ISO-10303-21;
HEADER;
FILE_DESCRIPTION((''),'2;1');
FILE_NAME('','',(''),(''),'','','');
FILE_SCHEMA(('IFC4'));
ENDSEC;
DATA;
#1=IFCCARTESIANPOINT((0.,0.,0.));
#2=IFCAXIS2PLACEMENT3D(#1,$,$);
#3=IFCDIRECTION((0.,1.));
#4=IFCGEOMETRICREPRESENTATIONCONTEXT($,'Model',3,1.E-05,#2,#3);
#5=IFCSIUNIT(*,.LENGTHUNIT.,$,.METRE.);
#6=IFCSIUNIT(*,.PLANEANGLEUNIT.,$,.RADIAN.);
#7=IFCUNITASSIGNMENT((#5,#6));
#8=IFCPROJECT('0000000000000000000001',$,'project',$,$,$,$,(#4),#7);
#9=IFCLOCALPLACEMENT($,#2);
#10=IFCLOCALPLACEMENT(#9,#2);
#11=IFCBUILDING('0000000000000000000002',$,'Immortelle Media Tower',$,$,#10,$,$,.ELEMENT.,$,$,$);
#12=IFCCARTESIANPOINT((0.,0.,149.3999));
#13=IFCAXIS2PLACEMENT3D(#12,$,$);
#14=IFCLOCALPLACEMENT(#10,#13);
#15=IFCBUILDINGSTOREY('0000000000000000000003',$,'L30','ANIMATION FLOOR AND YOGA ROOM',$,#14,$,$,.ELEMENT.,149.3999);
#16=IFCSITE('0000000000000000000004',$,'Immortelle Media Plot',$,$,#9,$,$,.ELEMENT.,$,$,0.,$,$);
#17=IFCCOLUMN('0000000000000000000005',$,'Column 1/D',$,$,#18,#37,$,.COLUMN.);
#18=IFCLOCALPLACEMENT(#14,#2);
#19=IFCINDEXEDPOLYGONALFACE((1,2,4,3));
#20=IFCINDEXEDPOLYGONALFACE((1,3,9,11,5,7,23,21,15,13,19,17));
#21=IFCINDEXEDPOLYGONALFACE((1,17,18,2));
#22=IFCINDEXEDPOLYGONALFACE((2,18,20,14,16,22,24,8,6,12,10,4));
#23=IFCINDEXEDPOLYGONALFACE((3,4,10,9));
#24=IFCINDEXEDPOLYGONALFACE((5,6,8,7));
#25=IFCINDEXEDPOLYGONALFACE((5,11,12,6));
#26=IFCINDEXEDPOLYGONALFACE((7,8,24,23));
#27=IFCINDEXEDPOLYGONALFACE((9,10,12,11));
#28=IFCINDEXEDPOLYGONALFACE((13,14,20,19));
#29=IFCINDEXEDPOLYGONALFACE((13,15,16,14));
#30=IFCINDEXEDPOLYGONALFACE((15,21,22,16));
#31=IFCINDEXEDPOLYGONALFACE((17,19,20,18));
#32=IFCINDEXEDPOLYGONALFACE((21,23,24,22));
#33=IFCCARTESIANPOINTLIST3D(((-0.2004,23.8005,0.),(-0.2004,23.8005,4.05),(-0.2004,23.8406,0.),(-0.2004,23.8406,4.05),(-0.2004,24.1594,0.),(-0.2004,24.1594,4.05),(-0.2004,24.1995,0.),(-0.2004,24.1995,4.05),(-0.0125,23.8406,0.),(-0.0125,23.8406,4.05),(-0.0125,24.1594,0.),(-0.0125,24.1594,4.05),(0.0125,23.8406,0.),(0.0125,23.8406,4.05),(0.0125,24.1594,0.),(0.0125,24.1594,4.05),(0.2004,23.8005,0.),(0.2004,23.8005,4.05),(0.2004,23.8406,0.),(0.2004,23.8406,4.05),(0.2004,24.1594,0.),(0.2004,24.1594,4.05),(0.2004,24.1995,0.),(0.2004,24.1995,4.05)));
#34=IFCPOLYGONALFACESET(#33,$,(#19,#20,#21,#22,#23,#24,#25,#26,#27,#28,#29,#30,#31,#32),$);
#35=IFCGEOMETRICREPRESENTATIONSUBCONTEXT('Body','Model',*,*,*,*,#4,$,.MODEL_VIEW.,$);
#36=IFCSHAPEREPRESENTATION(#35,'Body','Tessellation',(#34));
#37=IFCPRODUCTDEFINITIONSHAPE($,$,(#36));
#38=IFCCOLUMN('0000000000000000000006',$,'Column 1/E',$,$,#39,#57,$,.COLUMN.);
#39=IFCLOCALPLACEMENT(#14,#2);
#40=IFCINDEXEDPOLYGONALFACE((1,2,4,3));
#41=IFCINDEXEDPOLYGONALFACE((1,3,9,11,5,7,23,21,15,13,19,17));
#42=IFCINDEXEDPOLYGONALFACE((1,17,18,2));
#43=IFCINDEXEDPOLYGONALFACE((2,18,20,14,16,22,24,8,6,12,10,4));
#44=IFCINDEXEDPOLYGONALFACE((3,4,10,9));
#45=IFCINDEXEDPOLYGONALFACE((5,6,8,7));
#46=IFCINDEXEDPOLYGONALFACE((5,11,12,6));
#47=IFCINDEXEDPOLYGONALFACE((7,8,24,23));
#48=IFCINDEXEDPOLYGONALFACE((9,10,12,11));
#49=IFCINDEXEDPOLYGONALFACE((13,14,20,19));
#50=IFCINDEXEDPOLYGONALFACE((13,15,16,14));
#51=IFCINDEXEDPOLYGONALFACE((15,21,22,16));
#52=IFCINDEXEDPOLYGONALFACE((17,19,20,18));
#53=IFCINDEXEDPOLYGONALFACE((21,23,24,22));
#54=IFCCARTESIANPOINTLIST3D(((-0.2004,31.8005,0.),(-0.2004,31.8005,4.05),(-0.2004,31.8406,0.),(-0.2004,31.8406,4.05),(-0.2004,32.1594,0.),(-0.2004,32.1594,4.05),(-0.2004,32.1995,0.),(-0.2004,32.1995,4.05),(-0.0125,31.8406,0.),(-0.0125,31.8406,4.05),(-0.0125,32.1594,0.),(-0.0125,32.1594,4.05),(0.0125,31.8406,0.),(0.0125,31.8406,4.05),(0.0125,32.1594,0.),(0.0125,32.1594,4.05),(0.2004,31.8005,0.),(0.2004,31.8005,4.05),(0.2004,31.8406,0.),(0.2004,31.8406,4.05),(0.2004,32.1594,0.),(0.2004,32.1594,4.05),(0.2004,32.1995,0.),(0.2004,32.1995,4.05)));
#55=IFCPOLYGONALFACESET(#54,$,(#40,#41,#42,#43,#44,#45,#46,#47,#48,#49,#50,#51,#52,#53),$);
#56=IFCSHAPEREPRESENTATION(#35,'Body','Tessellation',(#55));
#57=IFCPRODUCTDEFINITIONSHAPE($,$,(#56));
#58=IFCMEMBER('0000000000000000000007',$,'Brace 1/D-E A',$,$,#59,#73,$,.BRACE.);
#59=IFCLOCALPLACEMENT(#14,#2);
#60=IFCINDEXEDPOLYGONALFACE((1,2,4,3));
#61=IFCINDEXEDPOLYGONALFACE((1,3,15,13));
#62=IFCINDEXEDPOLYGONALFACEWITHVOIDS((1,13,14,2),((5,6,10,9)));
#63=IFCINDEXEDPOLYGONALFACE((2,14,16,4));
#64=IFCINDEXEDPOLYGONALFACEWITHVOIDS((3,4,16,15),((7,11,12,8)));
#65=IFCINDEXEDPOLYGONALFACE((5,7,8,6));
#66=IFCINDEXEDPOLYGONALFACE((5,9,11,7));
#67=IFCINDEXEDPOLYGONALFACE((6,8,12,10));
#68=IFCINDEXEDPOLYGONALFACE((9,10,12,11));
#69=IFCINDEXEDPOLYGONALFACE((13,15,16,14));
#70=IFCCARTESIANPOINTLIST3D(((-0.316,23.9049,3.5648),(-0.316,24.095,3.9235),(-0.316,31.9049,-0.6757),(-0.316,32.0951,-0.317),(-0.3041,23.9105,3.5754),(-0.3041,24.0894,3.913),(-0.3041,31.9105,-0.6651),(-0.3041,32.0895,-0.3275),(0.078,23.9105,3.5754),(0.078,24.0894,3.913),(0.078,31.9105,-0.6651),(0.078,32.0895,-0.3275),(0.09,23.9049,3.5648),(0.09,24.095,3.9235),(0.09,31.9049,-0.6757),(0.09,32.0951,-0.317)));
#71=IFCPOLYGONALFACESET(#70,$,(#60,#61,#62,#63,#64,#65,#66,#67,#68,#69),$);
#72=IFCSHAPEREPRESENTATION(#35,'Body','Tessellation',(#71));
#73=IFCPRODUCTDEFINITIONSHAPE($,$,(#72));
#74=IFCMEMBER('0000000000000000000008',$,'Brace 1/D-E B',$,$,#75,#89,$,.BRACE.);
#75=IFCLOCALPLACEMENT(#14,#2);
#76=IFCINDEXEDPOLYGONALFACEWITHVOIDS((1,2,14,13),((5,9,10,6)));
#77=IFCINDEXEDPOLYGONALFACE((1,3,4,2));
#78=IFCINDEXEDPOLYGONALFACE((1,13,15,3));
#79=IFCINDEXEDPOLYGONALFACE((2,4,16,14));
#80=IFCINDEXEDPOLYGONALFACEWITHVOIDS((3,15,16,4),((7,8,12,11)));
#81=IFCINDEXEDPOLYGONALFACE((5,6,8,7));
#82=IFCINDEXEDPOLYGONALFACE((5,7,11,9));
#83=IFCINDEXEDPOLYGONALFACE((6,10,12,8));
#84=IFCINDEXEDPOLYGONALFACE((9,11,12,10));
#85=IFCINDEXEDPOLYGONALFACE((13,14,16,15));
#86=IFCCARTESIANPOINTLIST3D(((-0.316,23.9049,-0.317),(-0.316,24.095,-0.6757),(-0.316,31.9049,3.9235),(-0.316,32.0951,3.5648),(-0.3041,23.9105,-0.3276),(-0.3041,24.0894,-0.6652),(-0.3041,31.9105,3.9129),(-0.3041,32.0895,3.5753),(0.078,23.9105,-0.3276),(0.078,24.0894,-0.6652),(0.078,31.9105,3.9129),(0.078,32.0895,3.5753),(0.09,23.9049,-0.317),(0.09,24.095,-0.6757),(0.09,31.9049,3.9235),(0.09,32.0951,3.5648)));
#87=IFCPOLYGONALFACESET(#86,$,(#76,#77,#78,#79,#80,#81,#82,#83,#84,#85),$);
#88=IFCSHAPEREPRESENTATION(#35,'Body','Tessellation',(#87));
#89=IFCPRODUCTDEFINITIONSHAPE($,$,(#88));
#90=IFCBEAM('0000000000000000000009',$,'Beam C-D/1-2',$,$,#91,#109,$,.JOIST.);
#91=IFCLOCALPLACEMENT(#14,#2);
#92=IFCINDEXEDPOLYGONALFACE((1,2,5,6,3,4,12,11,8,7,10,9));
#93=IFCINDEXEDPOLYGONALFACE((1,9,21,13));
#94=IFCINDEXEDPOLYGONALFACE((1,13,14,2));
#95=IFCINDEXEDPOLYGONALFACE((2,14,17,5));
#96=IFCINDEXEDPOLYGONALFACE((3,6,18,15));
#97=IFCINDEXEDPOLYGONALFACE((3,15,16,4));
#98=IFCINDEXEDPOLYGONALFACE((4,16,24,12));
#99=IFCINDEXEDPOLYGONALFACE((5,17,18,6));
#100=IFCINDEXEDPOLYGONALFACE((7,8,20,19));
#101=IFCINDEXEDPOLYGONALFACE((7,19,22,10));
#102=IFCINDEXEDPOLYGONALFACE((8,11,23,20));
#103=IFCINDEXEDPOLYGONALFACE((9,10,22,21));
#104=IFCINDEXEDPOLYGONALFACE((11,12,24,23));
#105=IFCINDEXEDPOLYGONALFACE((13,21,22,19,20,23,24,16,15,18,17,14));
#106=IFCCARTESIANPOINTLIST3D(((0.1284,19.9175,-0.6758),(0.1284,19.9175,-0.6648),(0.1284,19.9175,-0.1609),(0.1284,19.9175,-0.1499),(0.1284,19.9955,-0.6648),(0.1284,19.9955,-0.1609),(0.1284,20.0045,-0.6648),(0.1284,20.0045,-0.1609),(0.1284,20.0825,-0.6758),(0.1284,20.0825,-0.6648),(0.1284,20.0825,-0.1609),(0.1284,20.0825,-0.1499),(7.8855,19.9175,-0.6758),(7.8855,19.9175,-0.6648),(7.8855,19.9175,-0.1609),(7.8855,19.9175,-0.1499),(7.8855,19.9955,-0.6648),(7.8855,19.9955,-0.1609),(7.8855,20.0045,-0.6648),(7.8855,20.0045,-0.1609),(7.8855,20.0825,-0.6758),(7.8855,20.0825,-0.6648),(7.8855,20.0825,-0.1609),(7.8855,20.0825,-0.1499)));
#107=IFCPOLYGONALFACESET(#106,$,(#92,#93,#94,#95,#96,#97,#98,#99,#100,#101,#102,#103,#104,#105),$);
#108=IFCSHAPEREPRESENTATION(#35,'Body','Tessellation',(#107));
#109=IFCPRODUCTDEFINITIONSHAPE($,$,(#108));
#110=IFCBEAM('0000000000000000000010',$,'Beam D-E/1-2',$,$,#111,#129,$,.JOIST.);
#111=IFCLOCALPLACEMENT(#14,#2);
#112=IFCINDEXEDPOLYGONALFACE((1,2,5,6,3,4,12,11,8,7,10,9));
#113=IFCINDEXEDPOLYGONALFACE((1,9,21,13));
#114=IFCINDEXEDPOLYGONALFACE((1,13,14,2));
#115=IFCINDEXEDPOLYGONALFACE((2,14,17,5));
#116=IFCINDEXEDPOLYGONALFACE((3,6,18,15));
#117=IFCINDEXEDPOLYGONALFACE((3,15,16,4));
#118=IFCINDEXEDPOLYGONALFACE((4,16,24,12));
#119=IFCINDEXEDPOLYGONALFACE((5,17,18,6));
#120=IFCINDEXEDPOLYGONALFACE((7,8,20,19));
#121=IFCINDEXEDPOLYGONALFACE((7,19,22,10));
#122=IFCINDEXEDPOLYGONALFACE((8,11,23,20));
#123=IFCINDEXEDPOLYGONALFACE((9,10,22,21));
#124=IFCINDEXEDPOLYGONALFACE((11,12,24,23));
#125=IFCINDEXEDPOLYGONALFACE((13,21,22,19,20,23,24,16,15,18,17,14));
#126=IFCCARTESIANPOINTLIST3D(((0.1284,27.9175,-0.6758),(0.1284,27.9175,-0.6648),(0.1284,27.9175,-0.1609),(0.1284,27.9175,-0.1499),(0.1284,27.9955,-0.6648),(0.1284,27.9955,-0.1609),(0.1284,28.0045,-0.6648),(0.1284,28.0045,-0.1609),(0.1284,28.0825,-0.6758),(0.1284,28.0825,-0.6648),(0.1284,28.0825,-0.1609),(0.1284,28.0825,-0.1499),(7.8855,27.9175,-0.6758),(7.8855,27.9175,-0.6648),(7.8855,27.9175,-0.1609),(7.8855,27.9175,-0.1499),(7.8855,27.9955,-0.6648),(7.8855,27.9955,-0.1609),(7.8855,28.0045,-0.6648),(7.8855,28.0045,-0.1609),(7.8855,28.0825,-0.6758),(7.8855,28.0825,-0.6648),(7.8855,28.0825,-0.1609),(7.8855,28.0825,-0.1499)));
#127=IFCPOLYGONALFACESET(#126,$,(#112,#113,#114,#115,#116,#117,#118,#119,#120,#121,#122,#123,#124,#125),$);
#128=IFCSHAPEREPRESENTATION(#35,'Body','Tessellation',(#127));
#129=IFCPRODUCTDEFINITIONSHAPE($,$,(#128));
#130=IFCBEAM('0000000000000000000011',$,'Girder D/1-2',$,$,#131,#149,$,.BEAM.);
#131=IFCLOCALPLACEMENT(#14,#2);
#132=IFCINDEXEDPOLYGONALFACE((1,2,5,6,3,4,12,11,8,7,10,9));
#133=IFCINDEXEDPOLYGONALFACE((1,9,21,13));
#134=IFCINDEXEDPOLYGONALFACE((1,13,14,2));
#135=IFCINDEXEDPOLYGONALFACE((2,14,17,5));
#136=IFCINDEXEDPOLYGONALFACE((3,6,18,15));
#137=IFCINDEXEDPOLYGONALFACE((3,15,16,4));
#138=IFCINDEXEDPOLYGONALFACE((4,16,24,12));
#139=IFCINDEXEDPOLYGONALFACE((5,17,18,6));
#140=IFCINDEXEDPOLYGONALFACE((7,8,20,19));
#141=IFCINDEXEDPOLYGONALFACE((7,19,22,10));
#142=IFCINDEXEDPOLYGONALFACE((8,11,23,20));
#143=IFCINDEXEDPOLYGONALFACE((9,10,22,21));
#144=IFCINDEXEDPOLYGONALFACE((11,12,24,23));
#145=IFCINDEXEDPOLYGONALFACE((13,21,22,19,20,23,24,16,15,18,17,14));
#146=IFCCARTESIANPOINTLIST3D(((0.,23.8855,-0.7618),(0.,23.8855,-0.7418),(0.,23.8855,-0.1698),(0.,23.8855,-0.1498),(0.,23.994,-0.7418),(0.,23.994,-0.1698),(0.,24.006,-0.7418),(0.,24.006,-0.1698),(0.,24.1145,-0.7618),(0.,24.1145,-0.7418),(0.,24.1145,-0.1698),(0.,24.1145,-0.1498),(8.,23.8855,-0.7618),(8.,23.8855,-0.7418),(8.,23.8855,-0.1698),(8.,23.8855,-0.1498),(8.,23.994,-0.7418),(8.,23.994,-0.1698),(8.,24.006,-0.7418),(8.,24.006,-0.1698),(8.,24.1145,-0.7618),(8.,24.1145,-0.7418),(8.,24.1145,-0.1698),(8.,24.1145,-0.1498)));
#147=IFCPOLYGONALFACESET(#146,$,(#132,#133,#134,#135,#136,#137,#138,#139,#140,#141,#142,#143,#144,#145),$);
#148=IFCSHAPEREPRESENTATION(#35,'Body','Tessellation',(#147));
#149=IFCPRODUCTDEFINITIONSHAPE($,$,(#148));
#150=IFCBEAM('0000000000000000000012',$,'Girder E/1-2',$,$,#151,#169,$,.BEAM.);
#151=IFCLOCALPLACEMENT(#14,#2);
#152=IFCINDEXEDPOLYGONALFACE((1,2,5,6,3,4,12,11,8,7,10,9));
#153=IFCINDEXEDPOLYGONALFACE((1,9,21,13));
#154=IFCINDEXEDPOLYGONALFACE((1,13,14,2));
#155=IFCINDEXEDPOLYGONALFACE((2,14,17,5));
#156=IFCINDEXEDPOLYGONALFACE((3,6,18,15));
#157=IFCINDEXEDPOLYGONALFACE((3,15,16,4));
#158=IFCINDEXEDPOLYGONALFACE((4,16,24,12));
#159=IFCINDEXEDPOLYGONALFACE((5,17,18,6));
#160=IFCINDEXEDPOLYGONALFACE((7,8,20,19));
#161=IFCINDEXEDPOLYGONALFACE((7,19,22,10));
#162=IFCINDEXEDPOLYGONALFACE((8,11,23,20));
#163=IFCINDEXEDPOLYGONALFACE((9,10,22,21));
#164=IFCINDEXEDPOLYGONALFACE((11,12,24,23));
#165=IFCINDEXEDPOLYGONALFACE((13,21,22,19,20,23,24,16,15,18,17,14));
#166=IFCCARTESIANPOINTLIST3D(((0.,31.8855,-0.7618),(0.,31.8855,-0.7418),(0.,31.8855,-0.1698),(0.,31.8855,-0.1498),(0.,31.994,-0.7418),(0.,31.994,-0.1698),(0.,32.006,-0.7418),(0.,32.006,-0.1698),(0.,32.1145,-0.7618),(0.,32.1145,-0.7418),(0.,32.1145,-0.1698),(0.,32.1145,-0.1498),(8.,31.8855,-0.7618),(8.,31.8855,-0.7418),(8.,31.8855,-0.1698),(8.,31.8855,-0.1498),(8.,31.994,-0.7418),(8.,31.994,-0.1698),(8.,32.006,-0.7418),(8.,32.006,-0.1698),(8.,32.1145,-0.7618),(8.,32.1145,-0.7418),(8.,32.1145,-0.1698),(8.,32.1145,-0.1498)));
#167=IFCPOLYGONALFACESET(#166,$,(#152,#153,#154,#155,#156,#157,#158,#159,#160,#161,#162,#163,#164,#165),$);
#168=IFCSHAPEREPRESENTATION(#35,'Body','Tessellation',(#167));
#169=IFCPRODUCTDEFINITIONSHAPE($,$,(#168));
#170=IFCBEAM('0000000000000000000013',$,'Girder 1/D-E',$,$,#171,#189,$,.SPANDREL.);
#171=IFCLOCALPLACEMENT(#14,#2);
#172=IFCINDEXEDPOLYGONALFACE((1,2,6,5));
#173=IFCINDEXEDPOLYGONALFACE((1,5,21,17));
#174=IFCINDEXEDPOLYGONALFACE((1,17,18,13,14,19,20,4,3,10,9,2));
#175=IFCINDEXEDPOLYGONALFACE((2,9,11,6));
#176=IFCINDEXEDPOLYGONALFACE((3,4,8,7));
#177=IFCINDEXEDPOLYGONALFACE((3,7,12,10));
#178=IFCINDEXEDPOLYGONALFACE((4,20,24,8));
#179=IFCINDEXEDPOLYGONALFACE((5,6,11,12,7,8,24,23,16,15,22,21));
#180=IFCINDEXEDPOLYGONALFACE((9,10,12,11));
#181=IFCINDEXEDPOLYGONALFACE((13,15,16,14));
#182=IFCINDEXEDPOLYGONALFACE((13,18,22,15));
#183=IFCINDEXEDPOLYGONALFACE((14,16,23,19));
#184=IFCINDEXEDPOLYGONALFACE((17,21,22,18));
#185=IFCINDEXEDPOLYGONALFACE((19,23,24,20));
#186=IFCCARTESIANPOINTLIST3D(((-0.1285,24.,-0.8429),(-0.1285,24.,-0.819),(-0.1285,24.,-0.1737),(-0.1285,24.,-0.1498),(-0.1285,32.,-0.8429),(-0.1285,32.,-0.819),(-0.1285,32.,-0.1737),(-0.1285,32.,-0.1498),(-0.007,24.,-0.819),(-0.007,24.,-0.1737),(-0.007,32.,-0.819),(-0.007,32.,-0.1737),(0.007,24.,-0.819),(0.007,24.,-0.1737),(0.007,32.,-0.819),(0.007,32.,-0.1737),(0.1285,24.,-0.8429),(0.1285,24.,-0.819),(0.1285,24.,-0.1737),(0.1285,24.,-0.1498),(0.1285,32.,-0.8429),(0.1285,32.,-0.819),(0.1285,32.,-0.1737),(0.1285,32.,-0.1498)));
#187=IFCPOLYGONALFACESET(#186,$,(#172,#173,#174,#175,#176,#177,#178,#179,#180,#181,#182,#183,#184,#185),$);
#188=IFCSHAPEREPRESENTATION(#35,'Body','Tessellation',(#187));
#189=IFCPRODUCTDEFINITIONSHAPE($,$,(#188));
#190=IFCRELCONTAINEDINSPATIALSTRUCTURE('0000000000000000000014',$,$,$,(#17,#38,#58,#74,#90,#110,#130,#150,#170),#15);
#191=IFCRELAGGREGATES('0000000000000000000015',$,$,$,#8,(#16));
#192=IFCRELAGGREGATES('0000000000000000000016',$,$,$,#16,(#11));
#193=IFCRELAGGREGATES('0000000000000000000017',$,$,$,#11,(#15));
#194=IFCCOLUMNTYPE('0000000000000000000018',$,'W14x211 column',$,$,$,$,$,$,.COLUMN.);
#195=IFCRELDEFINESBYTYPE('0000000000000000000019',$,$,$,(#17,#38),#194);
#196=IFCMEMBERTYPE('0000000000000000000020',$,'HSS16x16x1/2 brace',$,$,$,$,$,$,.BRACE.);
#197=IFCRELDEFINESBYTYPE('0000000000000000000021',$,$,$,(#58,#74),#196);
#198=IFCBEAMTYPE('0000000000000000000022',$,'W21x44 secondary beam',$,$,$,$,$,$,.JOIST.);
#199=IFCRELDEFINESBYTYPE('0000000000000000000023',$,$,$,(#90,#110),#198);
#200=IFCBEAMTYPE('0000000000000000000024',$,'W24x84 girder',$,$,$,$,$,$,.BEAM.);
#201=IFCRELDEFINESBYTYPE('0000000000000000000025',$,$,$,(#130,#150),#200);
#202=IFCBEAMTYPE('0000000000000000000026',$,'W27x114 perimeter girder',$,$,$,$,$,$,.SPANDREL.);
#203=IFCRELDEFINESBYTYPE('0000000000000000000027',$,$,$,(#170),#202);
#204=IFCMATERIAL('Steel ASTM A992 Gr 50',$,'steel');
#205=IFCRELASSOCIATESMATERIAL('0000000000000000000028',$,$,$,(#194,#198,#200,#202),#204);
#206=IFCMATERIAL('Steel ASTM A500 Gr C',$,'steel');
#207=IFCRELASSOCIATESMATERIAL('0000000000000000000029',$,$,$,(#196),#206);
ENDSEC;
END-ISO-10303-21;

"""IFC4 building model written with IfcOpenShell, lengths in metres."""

from ifc_helpers import new_model, si_unit, direction, frame, origin, origin_2d, place, context, subcontext, project, spatial, hollow_rectangle, i_section, extrude, material, material_profile, profile_set, type_object, element, save


model = new_model("IFC4")

# Units and contexts
model_context = context("Model", 3, precision=1e-05, world=origin(), true_north=direction((0.0, 1.0)))
body_context = subcontext(model_context, "Body", "Model", "MODEL_VIEW")
ifc_project = project(units=[si_unit("LENGTHUNIT", "METRE"), si_unit("PLANEANGLEUNIT", "RADIAN")], contexts=[model_context])

# Site, building, storey
site_placement = place(None, origin())
site = spatial("IfcSite", under=ifc_project, at=site_placement, Name="Immortelle Media Plot", CompositionType="ELEMENT", RefElevation=0.0)
building_placement = place(site_placement, origin())
building = spatial("IfcBuilding", under=site, at=building_placement, Name="Immortelle Media Tower", CompositionType="ELEMENT")
storey_placement = place(building_placement, frame((0.0, 0.0, 149.3999)))
storey = spatial("IfcBuildingStorey", under=building, at=storey_placement, Name="L30", Description="ANIMATION FLOOR AND YOGA ROOM", CompositionType="ELEMENT", Elevation=149.3999)

# Columns
ifc_material_1 = material(Name="Steel ASTM A992 Gr 50", Category="steel")
ifc_material_profile_1 = material_profile(ifc_material_1, i_section(OverallWidth=0.4009, OverallDepth=0.3989, WebThickness=0.0249, FlangeThickness=0.04, at=origin_2d()), Name="W14x211")
ifc_profile_set_1 = profile_set([ifc_material_profile_1], Name="Steel ASTM A992 Gr 50")
column_type = type_object("IfcColumnType", Name="W14x211 column", PredefinedType="COLUMN", material=ifc_profile_set_1)
for number, where, z_axis, x_axis, name in (
    (1, (0.0, 24.0, 0.0), (0.0, 0.0, 1.0), (1.0, 0.0, 0.0), "Column 1/D"),
    (2, (0.0, 32.0, 0.0), (0.0, 0.0, 1.0), (1.0, 0.0, 0.0), "Column 1/E"),
):
    element("IfcColumn", number, at=place(storey_placement, frame(where, z_axis=z_axis, x_axis=x_axis)), inside=storey, type_object=column_type, Name=name, PredefinedType="COLUMN", context=body_context, shape_type="SweptSolid", body=[
        extrude(i_section(OverallWidth=0.4009, OverallDepth=0.3989, WebThickness=0.0249, FlangeThickness=0.04, at=origin_2d()), origin(), (0.0, 0.0, 1.0), 4.05),
    ])

# Members
ifc_material_2 = material(Name="Steel ASTM A500 Gr C", Category="steel")
ifc_material_profile_2 = material_profile(ifc_material_2, hollow_rectangle(XDim=0.406, YDim=0.406, WallThickness=0.012, at=origin_2d()), Name="HSS16x16x1/2 brace")
ifc_profile_set_2 = profile_set([ifc_material_profile_2], Name="Steel ASTM A500 Gr C")
member_type = type_object("IfcMemberType", Name="HSS16x16x1/2 brace", PredefinedType="BRACE", material=ifc_profile_set_2)
for number, where, z_axis, x_axis, name in (
    (3, (-0.113, 32.0, -0.4963), (0.0, -0.883551, 0.468335), (1.0, 0.0, 0.0), "Brace 1/D-E A"),
    (4, (-0.113, 32.0, 3.7441), (0.0, -0.883551, -0.468335), (1.0, 0.0, 0.0), "Brace 1/D-E B"),
):
    element("IfcMember", number, at=place(storey_placement, frame(where, z_axis=z_axis, x_axis=x_axis)), inside=storey, type_object=member_type, Name=name, PredefinedType="BRACE", context=body_context, shape_type="SweptSolid", body=[
        extrude(hollow_rectangle(XDim=0.406, YDim=0.406, WallThickness=0.012, at=origin_2d()), origin(), (0.0, 0.0, 1.0), 9.0544),
    ])

# Beams
ifc_material_profile_3 = material_profile(ifc_material_1, i_section(OverallWidth=0.165, OverallDepth=0.5259, WebThickness=0.009, FlangeThickness=0.011, at=origin_2d()), Name="W21x44")
ifc_profile_set_3 = profile_set([ifc_material_profile_3], Name="Steel ASTM A992 Gr 50")
beam_type_1 = type_object("IfcBeamType", Name="W21x44 secondary beam", PredefinedType="JOIST", material=ifc_profile_set_3)
for number, where, z_axis, x_axis, name in (
    (5, (0.1284, 20.0, -0.4128), (1.0, 0.0, 0.0), (0.0, 1.0, 0.0), "Beam C-D/1-2"),
    (6, (0.1284, 28.0, -0.4128), (1.0, 0.0, 0.0), (0.0, 1.0, 0.0), "Beam D-E/1-2"),
):
    element("IfcBeam", number, at=place(storey_placement, frame(where, z_axis=z_axis, x_axis=x_axis)), inside=storey, type_object=beam_type_1, Name=name, PredefinedType="JOIST", context=body_context, shape_type="SweptSolid", body=[
        extrude(i_section(OverallWidth=0.165, OverallDepth=0.5259, WebThickness=0.009, FlangeThickness=0.011, at=origin_2d()), origin(), (0.0, 0.0, 1.0), 7.7571),
    ])
ifc_material_profile_4 = material_profile(ifc_material_1, i_section(OverallWidth=0.229, OverallDepth=0.6121, WebThickness=0.012, FlangeThickness=0.02, at=origin_2d()), Name="W24x84")
ifc_profile_set_4 = profile_set([ifc_material_profile_4], Name="Steel ASTM A992 Gr 50")
beam_type_2 = type_object("IfcBeamType", Name="W24x84 girder", PredefinedType="BEAM", material=ifc_profile_set_4)
for number, where, z_axis, x_axis, name in (
    (7, (0.0, 24.0, -0.4558), (1.0, 0.0, 0.0), (0.0, 1.0, 0.0), "Girder D/1-2"),
    (8, (0.0, 32.0, -0.4558), (1.0, 0.0, 0.0), (0.0, 1.0, 0.0), "Girder E/1-2"),
):
    element("IfcBeam", number, at=place(storey_placement, frame(where, z_axis=z_axis, x_axis=x_axis)), inside=storey, type_object=beam_type_2, Name=name, PredefinedType="BEAM", context=body_context, shape_type="SweptSolid", body=[
        extrude(i_section(OverallWidth=0.229, OverallDepth=0.6121, WebThickness=0.012, FlangeThickness=0.02, at=origin_2d()), origin(), (0.0, 0.0, 1.0), 8.0),
    ])
ifc_material_profile_5 = material_profile(ifc_material_1, i_section(OverallWidth=0.2571, OverallDepth=0.6931, WebThickness=0.0139, FlangeThickness=0.0239, at=origin_2d()), Name="W27x114")
ifc_profile_set_5 = profile_set([ifc_material_profile_5], Name="Steel ASTM A992 Gr 50")
beam_type_3 = type_object("IfcBeamType", Name="W27x114 perimeter girder", PredefinedType="SPANDREL", material=ifc_profile_set_5)
for number, where, z_axis, x_axis, name in (
    (9, (0.0, 24.0, -0.4963), (0.0, 1.0, 0.0), (-1.0, 0.0, 0.0), "Girder 1/D-E"),
):
    element("IfcBeam", number, at=place(storey_placement, frame(where, z_axis=z_axis, x_axis=x_axis)), inside=storey, type_object=beam_type_3, Name=name, PredefinedType="SPANDREL", context=body_context, shape_type="SweptSolid", body=[
        extrude(i_section(OverallWidth=0.2571, OverallDepth=0.6931, WebThickness=0.0139, FlangeThickness=0.0239, at=origin_2d()), origin(), (0.0, 0.0, 1.0), 8.0),
    ])

save(model, "model.ifc")
